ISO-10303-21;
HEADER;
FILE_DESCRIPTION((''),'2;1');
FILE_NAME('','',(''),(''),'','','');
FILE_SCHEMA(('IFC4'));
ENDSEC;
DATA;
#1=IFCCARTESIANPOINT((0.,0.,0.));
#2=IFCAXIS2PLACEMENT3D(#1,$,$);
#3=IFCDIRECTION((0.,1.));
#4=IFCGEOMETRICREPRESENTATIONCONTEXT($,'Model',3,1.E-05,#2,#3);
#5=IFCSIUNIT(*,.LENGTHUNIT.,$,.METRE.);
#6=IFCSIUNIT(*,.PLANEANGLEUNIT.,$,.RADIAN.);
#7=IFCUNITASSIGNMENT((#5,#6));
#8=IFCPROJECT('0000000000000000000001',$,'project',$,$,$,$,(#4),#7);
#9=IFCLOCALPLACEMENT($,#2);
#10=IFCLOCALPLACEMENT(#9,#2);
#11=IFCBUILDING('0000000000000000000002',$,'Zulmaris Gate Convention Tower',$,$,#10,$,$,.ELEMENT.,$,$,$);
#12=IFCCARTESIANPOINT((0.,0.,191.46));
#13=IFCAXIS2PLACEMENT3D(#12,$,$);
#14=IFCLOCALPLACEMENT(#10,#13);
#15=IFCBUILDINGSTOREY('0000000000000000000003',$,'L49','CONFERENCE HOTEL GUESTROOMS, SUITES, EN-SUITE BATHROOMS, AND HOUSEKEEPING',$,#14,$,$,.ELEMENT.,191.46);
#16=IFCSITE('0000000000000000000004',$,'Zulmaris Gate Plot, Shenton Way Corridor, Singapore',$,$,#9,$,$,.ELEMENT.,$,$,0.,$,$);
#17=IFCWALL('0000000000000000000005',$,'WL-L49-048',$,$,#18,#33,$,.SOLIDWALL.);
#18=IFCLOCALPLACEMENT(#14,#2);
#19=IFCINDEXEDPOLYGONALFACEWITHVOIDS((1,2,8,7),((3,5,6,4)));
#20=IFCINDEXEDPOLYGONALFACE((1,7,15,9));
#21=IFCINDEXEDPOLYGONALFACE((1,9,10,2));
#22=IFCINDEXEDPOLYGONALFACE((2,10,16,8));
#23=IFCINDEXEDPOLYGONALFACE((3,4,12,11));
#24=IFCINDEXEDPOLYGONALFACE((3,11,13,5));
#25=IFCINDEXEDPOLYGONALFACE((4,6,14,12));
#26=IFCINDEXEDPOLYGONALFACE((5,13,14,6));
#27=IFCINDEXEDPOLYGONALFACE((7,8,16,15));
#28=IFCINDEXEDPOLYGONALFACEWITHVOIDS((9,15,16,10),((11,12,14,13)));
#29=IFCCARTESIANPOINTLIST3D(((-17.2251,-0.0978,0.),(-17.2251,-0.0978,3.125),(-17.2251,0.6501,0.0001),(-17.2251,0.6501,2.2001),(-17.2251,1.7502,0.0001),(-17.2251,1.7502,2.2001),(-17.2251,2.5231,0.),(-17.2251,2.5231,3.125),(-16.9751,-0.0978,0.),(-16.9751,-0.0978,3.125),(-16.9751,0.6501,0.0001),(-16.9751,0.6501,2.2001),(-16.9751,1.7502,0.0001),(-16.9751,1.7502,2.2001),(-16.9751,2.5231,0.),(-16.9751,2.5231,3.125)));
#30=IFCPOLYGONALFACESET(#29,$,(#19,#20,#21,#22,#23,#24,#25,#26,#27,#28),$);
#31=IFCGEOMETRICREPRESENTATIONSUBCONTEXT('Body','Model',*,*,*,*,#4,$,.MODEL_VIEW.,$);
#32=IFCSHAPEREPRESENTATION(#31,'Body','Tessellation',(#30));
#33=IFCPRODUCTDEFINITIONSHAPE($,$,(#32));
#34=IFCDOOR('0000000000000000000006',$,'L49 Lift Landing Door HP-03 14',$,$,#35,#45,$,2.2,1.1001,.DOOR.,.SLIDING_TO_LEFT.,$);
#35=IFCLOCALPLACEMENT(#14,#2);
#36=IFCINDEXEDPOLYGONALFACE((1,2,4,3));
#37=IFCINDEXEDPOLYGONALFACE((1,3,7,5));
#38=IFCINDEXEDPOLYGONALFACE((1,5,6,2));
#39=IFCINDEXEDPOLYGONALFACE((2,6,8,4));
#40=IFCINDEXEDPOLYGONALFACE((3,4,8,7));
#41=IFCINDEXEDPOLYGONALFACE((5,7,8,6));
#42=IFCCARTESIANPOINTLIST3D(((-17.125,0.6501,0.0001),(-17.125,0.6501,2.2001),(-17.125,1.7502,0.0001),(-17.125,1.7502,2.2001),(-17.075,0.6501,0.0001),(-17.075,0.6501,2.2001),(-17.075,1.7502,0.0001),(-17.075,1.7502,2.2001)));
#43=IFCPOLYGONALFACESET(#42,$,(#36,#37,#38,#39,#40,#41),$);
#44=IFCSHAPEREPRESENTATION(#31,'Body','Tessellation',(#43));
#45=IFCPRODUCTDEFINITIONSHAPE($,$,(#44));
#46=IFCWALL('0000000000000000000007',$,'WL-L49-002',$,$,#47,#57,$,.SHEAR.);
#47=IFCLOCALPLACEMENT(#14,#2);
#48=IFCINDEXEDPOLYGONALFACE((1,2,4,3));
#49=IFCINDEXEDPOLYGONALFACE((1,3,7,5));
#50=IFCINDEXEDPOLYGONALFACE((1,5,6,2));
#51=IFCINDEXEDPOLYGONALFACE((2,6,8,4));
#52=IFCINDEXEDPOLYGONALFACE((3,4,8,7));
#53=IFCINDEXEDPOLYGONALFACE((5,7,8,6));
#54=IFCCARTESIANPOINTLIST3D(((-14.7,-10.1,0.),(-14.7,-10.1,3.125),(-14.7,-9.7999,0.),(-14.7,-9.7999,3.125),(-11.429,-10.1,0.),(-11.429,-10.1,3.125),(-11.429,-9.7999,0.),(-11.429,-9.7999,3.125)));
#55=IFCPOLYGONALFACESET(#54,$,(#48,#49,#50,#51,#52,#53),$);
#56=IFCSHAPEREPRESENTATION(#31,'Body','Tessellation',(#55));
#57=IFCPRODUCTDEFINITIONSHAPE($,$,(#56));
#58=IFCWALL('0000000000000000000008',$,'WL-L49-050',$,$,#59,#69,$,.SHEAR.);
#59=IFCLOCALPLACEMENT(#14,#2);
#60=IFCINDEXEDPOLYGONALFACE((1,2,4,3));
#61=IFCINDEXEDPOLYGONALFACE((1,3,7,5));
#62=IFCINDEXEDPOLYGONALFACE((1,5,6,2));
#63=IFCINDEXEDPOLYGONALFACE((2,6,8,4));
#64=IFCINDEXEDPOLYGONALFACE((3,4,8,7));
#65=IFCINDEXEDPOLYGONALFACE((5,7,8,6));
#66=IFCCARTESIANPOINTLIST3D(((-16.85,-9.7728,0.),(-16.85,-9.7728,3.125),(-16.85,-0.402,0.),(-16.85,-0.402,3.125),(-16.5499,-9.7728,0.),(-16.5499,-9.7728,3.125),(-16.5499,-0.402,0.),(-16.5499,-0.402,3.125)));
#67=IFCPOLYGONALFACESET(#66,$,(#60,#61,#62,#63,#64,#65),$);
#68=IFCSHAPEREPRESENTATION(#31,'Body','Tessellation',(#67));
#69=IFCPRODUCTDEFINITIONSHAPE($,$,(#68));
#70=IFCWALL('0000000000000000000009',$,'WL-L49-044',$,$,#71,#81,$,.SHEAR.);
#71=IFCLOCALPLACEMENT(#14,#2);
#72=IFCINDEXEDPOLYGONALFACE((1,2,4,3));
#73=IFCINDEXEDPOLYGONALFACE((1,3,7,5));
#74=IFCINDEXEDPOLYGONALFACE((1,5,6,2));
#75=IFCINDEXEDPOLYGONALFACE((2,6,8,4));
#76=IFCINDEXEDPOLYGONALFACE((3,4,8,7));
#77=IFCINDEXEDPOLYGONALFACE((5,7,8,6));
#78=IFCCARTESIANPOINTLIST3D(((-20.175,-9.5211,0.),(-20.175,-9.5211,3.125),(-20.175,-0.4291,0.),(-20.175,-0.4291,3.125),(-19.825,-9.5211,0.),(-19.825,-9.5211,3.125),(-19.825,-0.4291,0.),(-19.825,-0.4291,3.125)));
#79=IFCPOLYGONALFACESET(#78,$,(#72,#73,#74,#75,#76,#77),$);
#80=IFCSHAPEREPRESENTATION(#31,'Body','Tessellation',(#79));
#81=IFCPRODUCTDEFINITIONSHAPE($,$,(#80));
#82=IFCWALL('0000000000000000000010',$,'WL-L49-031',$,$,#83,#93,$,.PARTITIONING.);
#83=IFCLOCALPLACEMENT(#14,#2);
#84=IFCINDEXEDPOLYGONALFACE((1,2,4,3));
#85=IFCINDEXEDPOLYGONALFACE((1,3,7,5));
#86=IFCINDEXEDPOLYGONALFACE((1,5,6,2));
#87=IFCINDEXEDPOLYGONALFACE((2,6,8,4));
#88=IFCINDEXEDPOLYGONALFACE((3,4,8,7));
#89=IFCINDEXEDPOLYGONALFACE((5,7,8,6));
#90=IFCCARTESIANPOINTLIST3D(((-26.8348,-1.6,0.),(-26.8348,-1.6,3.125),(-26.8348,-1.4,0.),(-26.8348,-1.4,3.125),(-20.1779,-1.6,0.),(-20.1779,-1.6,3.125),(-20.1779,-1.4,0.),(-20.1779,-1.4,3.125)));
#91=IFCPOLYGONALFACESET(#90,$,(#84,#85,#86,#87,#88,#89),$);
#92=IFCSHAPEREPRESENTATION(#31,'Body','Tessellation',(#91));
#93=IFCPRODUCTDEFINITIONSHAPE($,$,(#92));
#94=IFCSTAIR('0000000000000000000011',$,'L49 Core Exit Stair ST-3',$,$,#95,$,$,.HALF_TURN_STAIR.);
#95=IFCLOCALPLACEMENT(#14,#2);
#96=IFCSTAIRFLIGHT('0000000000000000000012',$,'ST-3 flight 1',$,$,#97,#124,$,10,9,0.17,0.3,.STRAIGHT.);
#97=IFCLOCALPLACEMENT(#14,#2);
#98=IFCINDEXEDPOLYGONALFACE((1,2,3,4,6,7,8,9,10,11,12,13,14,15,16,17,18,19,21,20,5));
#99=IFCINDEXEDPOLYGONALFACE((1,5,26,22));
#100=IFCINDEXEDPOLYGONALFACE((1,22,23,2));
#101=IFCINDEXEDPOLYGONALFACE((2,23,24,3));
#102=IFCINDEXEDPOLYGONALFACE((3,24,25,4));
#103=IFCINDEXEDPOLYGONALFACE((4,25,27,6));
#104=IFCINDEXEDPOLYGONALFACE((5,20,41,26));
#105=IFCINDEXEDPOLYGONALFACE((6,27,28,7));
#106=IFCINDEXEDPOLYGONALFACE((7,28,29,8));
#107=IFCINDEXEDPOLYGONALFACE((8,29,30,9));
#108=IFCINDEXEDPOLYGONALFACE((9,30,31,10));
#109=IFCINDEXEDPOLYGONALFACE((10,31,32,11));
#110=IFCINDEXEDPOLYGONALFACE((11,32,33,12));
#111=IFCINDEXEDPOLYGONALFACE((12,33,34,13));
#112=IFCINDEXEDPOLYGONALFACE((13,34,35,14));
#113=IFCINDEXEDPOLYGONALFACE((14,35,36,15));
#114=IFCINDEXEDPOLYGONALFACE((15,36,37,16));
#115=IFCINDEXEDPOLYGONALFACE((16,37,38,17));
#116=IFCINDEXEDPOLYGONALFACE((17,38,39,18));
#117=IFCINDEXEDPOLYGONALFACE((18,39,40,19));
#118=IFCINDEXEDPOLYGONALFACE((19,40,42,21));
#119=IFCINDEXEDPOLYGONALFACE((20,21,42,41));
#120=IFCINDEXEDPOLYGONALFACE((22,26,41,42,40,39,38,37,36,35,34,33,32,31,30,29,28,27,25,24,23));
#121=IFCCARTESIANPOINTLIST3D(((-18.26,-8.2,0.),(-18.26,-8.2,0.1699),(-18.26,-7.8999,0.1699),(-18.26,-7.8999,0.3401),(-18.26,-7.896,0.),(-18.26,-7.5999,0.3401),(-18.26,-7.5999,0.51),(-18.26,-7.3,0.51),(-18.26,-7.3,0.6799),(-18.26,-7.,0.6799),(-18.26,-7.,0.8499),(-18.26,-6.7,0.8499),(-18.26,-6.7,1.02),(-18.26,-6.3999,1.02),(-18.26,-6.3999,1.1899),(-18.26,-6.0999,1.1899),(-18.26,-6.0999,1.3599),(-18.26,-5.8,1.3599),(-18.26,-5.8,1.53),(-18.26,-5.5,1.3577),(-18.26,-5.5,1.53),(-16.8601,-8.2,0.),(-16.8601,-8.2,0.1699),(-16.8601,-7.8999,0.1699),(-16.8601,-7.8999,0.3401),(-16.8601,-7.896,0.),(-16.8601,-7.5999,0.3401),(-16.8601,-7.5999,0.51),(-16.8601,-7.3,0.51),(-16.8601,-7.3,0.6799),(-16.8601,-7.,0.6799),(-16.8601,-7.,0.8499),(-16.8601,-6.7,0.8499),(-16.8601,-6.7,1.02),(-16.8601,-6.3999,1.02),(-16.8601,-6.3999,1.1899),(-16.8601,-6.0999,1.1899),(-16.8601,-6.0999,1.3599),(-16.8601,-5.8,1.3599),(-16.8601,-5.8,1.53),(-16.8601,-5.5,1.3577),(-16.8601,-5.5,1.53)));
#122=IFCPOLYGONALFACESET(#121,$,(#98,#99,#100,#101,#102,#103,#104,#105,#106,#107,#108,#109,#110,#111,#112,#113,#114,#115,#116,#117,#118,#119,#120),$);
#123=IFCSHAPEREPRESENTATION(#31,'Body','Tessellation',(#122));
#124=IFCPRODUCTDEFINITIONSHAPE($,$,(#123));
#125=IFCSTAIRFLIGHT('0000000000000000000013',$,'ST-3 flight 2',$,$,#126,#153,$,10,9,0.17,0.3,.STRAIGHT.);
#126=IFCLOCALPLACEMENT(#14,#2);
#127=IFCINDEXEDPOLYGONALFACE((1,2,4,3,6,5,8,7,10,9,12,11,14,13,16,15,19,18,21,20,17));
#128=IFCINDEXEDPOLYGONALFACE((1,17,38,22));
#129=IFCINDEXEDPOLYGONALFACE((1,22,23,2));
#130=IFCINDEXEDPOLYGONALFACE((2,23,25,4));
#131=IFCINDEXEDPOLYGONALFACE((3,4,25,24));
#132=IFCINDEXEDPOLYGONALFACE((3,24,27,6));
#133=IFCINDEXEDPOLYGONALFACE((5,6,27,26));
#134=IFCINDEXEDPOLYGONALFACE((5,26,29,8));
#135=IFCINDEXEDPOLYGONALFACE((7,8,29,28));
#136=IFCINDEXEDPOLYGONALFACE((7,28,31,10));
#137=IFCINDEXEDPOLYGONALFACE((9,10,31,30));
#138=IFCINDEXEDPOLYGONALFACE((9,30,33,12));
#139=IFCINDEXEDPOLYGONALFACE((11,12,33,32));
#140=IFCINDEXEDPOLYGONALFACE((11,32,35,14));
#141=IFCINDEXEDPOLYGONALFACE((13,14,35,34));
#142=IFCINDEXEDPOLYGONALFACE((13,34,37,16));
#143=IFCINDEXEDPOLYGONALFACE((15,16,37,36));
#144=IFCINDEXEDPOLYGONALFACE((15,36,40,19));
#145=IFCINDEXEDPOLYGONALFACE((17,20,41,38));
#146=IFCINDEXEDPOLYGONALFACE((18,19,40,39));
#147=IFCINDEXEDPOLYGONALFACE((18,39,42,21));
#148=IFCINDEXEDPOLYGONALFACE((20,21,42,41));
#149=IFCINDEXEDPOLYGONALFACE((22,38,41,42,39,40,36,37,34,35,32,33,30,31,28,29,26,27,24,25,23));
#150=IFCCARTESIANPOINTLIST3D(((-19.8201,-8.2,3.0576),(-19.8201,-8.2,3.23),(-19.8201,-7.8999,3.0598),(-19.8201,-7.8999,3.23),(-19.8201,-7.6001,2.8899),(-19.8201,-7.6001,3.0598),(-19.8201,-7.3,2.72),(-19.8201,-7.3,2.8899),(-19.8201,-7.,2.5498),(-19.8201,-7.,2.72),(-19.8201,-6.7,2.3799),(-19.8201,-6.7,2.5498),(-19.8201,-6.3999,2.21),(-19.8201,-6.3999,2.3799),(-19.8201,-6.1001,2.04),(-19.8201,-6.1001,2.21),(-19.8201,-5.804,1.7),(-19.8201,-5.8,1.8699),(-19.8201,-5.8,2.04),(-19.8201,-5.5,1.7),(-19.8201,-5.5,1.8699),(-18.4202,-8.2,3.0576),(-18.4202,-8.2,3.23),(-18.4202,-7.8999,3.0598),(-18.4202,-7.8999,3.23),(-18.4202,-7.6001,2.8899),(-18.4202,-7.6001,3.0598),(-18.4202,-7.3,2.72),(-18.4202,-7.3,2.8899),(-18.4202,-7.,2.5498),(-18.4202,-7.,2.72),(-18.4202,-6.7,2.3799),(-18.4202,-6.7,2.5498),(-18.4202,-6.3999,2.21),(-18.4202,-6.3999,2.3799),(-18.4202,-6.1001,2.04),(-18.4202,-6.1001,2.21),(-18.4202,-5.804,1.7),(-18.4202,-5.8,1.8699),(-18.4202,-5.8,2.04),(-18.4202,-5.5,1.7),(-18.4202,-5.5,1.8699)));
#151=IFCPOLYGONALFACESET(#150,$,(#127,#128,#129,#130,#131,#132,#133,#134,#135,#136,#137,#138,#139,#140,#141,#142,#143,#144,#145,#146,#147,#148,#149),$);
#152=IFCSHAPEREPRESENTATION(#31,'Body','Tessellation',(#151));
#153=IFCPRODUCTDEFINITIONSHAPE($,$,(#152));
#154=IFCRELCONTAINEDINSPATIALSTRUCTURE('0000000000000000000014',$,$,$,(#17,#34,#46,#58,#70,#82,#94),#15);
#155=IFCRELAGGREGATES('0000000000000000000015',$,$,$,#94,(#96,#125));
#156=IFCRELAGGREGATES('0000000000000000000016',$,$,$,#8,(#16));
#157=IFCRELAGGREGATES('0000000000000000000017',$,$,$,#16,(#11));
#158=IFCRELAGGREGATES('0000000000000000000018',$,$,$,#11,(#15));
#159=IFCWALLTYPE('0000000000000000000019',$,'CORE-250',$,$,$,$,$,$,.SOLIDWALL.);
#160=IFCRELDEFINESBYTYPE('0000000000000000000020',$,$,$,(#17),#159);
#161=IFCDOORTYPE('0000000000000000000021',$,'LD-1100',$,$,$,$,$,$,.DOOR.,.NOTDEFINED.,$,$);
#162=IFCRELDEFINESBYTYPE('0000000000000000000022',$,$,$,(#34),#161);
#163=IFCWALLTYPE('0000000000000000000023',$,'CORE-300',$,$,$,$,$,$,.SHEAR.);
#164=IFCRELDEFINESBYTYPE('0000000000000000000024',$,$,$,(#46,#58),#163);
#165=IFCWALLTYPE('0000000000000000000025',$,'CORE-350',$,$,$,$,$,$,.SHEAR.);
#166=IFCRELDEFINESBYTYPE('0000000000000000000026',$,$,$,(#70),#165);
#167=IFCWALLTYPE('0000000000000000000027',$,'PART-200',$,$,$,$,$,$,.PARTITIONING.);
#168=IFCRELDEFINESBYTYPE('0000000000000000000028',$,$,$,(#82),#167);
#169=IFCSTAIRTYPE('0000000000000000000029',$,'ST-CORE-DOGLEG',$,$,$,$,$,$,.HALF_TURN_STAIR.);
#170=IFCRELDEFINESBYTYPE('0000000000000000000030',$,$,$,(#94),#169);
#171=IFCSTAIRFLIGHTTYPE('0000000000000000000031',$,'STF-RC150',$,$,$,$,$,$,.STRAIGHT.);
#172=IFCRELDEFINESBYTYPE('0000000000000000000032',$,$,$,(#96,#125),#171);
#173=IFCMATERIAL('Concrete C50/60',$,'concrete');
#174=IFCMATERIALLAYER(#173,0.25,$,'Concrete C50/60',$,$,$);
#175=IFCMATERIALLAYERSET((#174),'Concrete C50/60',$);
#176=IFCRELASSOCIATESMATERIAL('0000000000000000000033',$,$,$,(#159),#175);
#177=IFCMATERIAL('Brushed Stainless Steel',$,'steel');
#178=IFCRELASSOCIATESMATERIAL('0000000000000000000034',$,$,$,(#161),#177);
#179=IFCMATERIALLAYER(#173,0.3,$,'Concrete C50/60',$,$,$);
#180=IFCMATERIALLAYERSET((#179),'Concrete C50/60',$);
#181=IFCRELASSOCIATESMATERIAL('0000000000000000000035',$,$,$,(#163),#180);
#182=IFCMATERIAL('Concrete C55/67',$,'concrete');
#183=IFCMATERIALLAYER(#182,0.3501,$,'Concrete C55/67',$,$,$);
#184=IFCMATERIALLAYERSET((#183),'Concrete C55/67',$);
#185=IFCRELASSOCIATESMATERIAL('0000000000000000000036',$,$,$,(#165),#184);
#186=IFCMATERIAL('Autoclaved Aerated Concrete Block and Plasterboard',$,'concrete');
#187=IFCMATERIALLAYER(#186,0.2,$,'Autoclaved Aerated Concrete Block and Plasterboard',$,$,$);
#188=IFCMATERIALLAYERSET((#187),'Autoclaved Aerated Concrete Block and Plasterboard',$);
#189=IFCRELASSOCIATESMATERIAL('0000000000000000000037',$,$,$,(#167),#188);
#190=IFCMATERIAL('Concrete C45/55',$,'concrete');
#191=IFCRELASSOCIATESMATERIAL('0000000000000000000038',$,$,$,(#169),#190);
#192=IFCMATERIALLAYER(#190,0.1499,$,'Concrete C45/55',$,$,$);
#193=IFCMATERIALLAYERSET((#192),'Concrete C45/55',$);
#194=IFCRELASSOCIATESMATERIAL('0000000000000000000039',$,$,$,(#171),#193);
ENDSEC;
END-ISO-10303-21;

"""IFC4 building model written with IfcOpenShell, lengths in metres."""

from ifc_helpers import new_model, si_unit, direction, frame, frame_2d, origin, place, context, subcontext, project, spatial, polyline, rectangle, outline, extrude, material, layer, layer_set, type_object, element, fill, aggregate, save


model = new_model("IFC4")

# Units and contexts
model_context = context("Model", 3, precision=1e-05, world=origin(), true_north=direction((0.0, 1.0)))
body_context = subcontext(model_context, "Body", "Model", "MODEL_VIEW")
ifc_project = project(units=[si_unit("LENGTHUNIT", "METRE"), si_unit("PLANEANGLEUNIT", "RADIAN")], contexts=[model_context])

# Site, building, storey
site_placement = place(None, origin())
site = spatial("IfcSite", under=ifc_project, at=site_placement, Name="Zulmaris Gate Plot, Shenton Way Corridor, Singapore", CompositionType="ELEMENT", RefElevation=0.0)
building_placement = place(site_placement, origin())
building = spatial("IfcBuilding", under=site, at=building_placement, Name="Zulmaris Gate Convention Tower", CompositionType="ELEMENT")
storey_placement = place(building_placement, frame((0.0, 0.0, 191.46)))
storey = spatial("IfcBuildingStorey", under=building, at=storey_placement, Name="L49", Description="CONFERENCE HOTEL GUESTROOMS, SUITES, EN-SUITE BATHROOMS, AND HOUSEKEEPING", CompositionType="ELEMENT", Elevation=191.46)

# Wall, opening, door
ifc_material_1 = material(Name="Concrete C50/60", Category="concrete")
ifc_layer_1 = layer(ifc_material_1, 0.25, Name="Concrete C50/60")
ifc_layer_set_1 = layer_set([ifc_layer_1], Name="Concrete C50/60")
wall_type_1 = type_object("IfcWallType", Name="CORE-250", PredefinedType="SOLIDWALL", material=ifc_layer_set_1)
wall_1_placement = place(storey_placement, frame((-17.1001, -0.0979, 0.0), z_axis=(0.0, 0.0, 1.0), x_axis=(0.0, 1.0, 0.0)))
wall_1 = element("IfcWall", 1, at=wall_1_placement, inside=storey, type_object=wall_type_1, Name="WL-L49-048", PredefinedType="SOLIDWALL", context=body_context, shape_type="SweptSolid", body=[
    extrude(rectangle(XDim=2.6208, YDim=0.25, at=frame_2d((1.3105, 0.0))), origin(), (0.0, 0.0, 1.0), 3.125),
])
opening_1_placement = place(wall_1_placement, frame((0.748, 0.0, 0.0)))
opening_1 = element("IfcOpeningElement", 2, at=opening_1_placement, cuts=wall_1, PredefinedType="OPENING", context=body_context, shape_type="SweptSolid", body=[
    extrude(rectangle(XDim=1.1001, YDim=2.2, at=frame_2d((0.55, 1.1001))), frame((0.0, 0.135, 0.0), z_axis=(0.0, -1.0, 0.0), x_axis=(1.0, 0.0, 0.0)), (0.0, 0.0, 1.0), 0.27),
])
ifc_material_2 = material(Name="Brushed Stainless Steel", Category="steel")
door_type_1 = type_object("IfcDoorType", Name="LD-1100", OperationType="NOTDEFINED", PredefinedType="DOOR", material=ifc_material_2)
door_1_placement = place(opening_1_placement, origin())
door_1 = element("IfcDoor", 3, at=door_1_placement, inside=storey, type_object=door_type_1, Name="L49 Lift Landing Door HP-03 14", OperationType="SLIDING_TO_LEFT", OverallHeight=2.2, OverallWidth=1.1001, PredefinedType="DOOR", context=body_context, shape_type="SweptSolid", body=[
    extrude(rectangle(XDim=1.1001, YDim=2.2, at=frame_2d((0.55, 1.1001))), frame((0.0, 0.0249, 0.0), z_axis=(0.0, -1.0, 0.0), x_axis=(1.0, 0.0, 0.0)), (0.0, 0.0, 1.0), 0.05),
])
fill(opening_1, door_1)

# Wall
ifc_layer_2 = layer(ifc_material_1, 0.3, Name="Concrete C50/60")
ifc_layer_set_2 = layer_set([ifc_layer_2], Name="Concrete C50/60")
wall_type_2 = type_object("IfcWallType", Name="CORE-300", PredefinedType="SHEAR", material=ifc_layer_set_2)
wall_2_placement = place(storey_placement, frame((-14.7, -9.95, 0.0), z_axis=(0.0, 0.0, 1.0), x_axis=(1.0, 0.0, 0.0)))
element("IfcWall", 4, at=wall_2_placement, inside=storey, type_object=wall_type_2, Name="WL-L49-002", PredefinedType="SHEAR", context=body_context, shape_type="SweptSolid", body=[
    extrude(rectangle(XDim=3.271, YDim=0.3, at=frame_2d((1.6355, 0.0))), origin(), (0.0, 0.0, 1.0), 3.125),
])

# Wall
wall_3_placement = place(storey_placement, frame((-16.7, -9.7729, 0.0), z_axis=(0.0, 0.0, 1.0), x_axis=(0.0, 1.0, 0.0)))
element("IfcWall", 5, at=wall_3_placement, inside=storey, type_object=wall_type_2, Name="WL-L49-050", PredefinedType="SHEAR", context=body_context, shape_type="SweptSolid", body=[
    extrude(rectangle(XDim=9.3708, YDim=0.3, at=frame_2d((4.6855, 0.0))), origin(), (0.0, 0.0, 1.0), 3.125),
])

# Shared definitions
ifc_material_3 = material(Name="Concrete C55/67", Category="concrete")
ifc_layer_3 = layer(ifc_material_3, 0.3501, Name="Concrete C55/67")
ifc_layer_set_3 = layer_set([ifc_layer_3], Name="Concrete C55/67")
wall_type_3 = type_object("IfcWallType", Name="CORE-350", PredefinedType="SHEAR", material=ifc_layer_set_3)

# Walls
wall_4_placement = place(storey_placement, frame((-20.0, -9.521, 0.0), z_axis=(0.0, 0.0, 1.0), x_axis=(0.0, 1.0, 0.0)))
element("IfcWall", 6, at=wall_4_placement, inside=storey, type_object=wall_type_3, Name="WL-L49-044", PredefinedType="SHEAR", context=body_context, shape_type="SweptSolid", body=[
    extrude(rectangle(XDim=9.092, YDim=0.3501, at=frame_2d((4.5459, 0.0))), origin(), (0.0, 0.0, 1.0), 3.125),
])
ifc_material_4 = material(Name="Autoclaved Aerated Concrete Block and Plasterboard", Category="concrete")
ifc_layer_4 = layer(ifc_material_4, 0.2, Name="Autoclaved Aerated Concrete Block and Plasterboard")
ifc_layer_set_4 = layer_set([ifc_layer_4], Name="Autoclaved Aerated Concrete Block and Plasterboard")
wall_type_4 = type_object("IfcWallType", Name="PART-200", PredefinedType="PARTITIONING", material=ifc_layer_set_4)
wall_5_placement = place(storey_placement, frame((-26.835, -1.5, 0.0), z_axis=(0.0, 0.0, 1.0), x_axis=(1.0, 0.0, 0.0)))
element("IfcWall", 7, at=wall_5_placement, inside=storey, type_object=wall_type_4, Name="WL-L49-031", PredefinedType="PARTITIONING", context=body_context, shape_type="SweptSolid", body=[
    extrude(rectangle(XDim=6.657, YDim=0.2, at=frame_2d((3.3286, 0.0))), origin(), (0.0, 0.0, 1.0), 3.125),
])

# Stair, stair flights
ifc_material_5 = material(Name="Concrete C45/55", Category="concrete")
stair_type = type_object("IfcStairType", Name="ST-CORE-DOGLEG", PredefinedType="HALF_TURN_STAIR", material=ifc_material_5)
stair_placement = place(storey_placement, origin())
stair = element("IfcStair", 8, at=stair_placement, inside=storey, type_object=stair_type, Name="L49 Core Exit Stair ST-3", PredefinedType="HALF_TURN_STAIR")
ifc_layer_5 = layer(ifc_material_5, 0.1499, Name="Concrete C45/55")
ifc_layer_set_5 = layer_set([ifc_layer_5], Name="Concrete C45/55")
stair_flight_type = type_object("IfcStairFlightType", Name="STF-RC150", PredefinedType="STRAIGHT", material=ifc_layer_set_5)
stair_flight_1_placement = place(storey_placement, frame((-17.5601, -8.2, 0.0), z_axis=(0.0, 0.0, 1.0), x_axis=(0.0, 1.0, 0.0)))
stair_flight_1 = element("IfcStairFlight", 9, at=stair_flight_1_placement, type_object=stair_flight_type, Name="ST-3 flight 1", NumberOfRisers=10, NumberOfTreads=9, PredefinedType="STRAIGHT", RiserHeight=0.17, TreadLength=0.3, context=body_context, shape_type="SweptSolid", body=[
    extrude(outline(polyline([(0.0, 0.0), (0.0, 0.1699), (0.3, 0.1699), (0.3, 0.3401), (0.6001, 0.3401), (0.6001, 0.51), (0.8999, 0.51), (0.8999, 0.6799), (1.2, 0.6799), (1.2, 0.8499), (1.5, 0.8499), (1.5, 1.02), (1.8, 1.02), (1.8, 1.1899), (2.1001, 1.1899), (2.1001, 1.3599), (2.3999, 1.3599), (2.3999, 1.53), (2.7, 1.53), (2.7, 1.7), (2.7, 1.3577), (0.304, 0.0), (0.0, 0.0)])), frame((0.0, 0.7, 0.0), z_axis=(0.0, -1.0, 0.0), x_axis=(1.0, 0.0, 0.0)), (0.0, 0.0, 1.0), 1.3999),
])
stair_flight_2_placement = place(storey_placement, frame((-19.1201, -5.5, 1.7), z_axis=(0.0, 0.0, 1.0), x_axis=(0.0, -1.0, 0.0)))
stair_flight_2 = element("IfcStairFlight", 10, at=stair_flight_2_placement, type_object=stair_flight_type, Name="ST-3 flight 2", NumberOfRisers=10, NumberOfTreads=9, PredefinedType="STRAIGHT", RiserHeight=0.17, TreadLength=0.3, context=body_context, shape_type="SweptSolid", body=[
    extrude(outline(polyline([(0.0, 0.0), (0.0, 0.1699), (0.3, 0.1699), (0.3, 0.3401), (0.6001, 0.3401), (0.6001, 0.51), (0.8999, 0.51), (0.8999, 0.6799), (1.2, 0.6799), (1.2, 0.8499), (1.5, 0.8499), (1.5, 1.02), (1.8, 1.02), (1.8, 1.1899), (2.1001, 1.1899), (2.1001, 1.3599), (2.3999, 1.3599), (2.3999, 1.53), (2.7, 1.53), (2.7, 1.7), (2.7, 1.3577), (0.304, 0.0), (0.0, 0.0)])), frame((0.0, 0.7, 0.0), z_axis=(0.0, -1.0, 0.0), x_axis=(1.0, 0.0, 0.0)), (0.0, 0.0, 1.0), 1.3999),
])
aggregate(stair, [stair_flight_1, stair_flight_2])

save(model, "model.ifc")
